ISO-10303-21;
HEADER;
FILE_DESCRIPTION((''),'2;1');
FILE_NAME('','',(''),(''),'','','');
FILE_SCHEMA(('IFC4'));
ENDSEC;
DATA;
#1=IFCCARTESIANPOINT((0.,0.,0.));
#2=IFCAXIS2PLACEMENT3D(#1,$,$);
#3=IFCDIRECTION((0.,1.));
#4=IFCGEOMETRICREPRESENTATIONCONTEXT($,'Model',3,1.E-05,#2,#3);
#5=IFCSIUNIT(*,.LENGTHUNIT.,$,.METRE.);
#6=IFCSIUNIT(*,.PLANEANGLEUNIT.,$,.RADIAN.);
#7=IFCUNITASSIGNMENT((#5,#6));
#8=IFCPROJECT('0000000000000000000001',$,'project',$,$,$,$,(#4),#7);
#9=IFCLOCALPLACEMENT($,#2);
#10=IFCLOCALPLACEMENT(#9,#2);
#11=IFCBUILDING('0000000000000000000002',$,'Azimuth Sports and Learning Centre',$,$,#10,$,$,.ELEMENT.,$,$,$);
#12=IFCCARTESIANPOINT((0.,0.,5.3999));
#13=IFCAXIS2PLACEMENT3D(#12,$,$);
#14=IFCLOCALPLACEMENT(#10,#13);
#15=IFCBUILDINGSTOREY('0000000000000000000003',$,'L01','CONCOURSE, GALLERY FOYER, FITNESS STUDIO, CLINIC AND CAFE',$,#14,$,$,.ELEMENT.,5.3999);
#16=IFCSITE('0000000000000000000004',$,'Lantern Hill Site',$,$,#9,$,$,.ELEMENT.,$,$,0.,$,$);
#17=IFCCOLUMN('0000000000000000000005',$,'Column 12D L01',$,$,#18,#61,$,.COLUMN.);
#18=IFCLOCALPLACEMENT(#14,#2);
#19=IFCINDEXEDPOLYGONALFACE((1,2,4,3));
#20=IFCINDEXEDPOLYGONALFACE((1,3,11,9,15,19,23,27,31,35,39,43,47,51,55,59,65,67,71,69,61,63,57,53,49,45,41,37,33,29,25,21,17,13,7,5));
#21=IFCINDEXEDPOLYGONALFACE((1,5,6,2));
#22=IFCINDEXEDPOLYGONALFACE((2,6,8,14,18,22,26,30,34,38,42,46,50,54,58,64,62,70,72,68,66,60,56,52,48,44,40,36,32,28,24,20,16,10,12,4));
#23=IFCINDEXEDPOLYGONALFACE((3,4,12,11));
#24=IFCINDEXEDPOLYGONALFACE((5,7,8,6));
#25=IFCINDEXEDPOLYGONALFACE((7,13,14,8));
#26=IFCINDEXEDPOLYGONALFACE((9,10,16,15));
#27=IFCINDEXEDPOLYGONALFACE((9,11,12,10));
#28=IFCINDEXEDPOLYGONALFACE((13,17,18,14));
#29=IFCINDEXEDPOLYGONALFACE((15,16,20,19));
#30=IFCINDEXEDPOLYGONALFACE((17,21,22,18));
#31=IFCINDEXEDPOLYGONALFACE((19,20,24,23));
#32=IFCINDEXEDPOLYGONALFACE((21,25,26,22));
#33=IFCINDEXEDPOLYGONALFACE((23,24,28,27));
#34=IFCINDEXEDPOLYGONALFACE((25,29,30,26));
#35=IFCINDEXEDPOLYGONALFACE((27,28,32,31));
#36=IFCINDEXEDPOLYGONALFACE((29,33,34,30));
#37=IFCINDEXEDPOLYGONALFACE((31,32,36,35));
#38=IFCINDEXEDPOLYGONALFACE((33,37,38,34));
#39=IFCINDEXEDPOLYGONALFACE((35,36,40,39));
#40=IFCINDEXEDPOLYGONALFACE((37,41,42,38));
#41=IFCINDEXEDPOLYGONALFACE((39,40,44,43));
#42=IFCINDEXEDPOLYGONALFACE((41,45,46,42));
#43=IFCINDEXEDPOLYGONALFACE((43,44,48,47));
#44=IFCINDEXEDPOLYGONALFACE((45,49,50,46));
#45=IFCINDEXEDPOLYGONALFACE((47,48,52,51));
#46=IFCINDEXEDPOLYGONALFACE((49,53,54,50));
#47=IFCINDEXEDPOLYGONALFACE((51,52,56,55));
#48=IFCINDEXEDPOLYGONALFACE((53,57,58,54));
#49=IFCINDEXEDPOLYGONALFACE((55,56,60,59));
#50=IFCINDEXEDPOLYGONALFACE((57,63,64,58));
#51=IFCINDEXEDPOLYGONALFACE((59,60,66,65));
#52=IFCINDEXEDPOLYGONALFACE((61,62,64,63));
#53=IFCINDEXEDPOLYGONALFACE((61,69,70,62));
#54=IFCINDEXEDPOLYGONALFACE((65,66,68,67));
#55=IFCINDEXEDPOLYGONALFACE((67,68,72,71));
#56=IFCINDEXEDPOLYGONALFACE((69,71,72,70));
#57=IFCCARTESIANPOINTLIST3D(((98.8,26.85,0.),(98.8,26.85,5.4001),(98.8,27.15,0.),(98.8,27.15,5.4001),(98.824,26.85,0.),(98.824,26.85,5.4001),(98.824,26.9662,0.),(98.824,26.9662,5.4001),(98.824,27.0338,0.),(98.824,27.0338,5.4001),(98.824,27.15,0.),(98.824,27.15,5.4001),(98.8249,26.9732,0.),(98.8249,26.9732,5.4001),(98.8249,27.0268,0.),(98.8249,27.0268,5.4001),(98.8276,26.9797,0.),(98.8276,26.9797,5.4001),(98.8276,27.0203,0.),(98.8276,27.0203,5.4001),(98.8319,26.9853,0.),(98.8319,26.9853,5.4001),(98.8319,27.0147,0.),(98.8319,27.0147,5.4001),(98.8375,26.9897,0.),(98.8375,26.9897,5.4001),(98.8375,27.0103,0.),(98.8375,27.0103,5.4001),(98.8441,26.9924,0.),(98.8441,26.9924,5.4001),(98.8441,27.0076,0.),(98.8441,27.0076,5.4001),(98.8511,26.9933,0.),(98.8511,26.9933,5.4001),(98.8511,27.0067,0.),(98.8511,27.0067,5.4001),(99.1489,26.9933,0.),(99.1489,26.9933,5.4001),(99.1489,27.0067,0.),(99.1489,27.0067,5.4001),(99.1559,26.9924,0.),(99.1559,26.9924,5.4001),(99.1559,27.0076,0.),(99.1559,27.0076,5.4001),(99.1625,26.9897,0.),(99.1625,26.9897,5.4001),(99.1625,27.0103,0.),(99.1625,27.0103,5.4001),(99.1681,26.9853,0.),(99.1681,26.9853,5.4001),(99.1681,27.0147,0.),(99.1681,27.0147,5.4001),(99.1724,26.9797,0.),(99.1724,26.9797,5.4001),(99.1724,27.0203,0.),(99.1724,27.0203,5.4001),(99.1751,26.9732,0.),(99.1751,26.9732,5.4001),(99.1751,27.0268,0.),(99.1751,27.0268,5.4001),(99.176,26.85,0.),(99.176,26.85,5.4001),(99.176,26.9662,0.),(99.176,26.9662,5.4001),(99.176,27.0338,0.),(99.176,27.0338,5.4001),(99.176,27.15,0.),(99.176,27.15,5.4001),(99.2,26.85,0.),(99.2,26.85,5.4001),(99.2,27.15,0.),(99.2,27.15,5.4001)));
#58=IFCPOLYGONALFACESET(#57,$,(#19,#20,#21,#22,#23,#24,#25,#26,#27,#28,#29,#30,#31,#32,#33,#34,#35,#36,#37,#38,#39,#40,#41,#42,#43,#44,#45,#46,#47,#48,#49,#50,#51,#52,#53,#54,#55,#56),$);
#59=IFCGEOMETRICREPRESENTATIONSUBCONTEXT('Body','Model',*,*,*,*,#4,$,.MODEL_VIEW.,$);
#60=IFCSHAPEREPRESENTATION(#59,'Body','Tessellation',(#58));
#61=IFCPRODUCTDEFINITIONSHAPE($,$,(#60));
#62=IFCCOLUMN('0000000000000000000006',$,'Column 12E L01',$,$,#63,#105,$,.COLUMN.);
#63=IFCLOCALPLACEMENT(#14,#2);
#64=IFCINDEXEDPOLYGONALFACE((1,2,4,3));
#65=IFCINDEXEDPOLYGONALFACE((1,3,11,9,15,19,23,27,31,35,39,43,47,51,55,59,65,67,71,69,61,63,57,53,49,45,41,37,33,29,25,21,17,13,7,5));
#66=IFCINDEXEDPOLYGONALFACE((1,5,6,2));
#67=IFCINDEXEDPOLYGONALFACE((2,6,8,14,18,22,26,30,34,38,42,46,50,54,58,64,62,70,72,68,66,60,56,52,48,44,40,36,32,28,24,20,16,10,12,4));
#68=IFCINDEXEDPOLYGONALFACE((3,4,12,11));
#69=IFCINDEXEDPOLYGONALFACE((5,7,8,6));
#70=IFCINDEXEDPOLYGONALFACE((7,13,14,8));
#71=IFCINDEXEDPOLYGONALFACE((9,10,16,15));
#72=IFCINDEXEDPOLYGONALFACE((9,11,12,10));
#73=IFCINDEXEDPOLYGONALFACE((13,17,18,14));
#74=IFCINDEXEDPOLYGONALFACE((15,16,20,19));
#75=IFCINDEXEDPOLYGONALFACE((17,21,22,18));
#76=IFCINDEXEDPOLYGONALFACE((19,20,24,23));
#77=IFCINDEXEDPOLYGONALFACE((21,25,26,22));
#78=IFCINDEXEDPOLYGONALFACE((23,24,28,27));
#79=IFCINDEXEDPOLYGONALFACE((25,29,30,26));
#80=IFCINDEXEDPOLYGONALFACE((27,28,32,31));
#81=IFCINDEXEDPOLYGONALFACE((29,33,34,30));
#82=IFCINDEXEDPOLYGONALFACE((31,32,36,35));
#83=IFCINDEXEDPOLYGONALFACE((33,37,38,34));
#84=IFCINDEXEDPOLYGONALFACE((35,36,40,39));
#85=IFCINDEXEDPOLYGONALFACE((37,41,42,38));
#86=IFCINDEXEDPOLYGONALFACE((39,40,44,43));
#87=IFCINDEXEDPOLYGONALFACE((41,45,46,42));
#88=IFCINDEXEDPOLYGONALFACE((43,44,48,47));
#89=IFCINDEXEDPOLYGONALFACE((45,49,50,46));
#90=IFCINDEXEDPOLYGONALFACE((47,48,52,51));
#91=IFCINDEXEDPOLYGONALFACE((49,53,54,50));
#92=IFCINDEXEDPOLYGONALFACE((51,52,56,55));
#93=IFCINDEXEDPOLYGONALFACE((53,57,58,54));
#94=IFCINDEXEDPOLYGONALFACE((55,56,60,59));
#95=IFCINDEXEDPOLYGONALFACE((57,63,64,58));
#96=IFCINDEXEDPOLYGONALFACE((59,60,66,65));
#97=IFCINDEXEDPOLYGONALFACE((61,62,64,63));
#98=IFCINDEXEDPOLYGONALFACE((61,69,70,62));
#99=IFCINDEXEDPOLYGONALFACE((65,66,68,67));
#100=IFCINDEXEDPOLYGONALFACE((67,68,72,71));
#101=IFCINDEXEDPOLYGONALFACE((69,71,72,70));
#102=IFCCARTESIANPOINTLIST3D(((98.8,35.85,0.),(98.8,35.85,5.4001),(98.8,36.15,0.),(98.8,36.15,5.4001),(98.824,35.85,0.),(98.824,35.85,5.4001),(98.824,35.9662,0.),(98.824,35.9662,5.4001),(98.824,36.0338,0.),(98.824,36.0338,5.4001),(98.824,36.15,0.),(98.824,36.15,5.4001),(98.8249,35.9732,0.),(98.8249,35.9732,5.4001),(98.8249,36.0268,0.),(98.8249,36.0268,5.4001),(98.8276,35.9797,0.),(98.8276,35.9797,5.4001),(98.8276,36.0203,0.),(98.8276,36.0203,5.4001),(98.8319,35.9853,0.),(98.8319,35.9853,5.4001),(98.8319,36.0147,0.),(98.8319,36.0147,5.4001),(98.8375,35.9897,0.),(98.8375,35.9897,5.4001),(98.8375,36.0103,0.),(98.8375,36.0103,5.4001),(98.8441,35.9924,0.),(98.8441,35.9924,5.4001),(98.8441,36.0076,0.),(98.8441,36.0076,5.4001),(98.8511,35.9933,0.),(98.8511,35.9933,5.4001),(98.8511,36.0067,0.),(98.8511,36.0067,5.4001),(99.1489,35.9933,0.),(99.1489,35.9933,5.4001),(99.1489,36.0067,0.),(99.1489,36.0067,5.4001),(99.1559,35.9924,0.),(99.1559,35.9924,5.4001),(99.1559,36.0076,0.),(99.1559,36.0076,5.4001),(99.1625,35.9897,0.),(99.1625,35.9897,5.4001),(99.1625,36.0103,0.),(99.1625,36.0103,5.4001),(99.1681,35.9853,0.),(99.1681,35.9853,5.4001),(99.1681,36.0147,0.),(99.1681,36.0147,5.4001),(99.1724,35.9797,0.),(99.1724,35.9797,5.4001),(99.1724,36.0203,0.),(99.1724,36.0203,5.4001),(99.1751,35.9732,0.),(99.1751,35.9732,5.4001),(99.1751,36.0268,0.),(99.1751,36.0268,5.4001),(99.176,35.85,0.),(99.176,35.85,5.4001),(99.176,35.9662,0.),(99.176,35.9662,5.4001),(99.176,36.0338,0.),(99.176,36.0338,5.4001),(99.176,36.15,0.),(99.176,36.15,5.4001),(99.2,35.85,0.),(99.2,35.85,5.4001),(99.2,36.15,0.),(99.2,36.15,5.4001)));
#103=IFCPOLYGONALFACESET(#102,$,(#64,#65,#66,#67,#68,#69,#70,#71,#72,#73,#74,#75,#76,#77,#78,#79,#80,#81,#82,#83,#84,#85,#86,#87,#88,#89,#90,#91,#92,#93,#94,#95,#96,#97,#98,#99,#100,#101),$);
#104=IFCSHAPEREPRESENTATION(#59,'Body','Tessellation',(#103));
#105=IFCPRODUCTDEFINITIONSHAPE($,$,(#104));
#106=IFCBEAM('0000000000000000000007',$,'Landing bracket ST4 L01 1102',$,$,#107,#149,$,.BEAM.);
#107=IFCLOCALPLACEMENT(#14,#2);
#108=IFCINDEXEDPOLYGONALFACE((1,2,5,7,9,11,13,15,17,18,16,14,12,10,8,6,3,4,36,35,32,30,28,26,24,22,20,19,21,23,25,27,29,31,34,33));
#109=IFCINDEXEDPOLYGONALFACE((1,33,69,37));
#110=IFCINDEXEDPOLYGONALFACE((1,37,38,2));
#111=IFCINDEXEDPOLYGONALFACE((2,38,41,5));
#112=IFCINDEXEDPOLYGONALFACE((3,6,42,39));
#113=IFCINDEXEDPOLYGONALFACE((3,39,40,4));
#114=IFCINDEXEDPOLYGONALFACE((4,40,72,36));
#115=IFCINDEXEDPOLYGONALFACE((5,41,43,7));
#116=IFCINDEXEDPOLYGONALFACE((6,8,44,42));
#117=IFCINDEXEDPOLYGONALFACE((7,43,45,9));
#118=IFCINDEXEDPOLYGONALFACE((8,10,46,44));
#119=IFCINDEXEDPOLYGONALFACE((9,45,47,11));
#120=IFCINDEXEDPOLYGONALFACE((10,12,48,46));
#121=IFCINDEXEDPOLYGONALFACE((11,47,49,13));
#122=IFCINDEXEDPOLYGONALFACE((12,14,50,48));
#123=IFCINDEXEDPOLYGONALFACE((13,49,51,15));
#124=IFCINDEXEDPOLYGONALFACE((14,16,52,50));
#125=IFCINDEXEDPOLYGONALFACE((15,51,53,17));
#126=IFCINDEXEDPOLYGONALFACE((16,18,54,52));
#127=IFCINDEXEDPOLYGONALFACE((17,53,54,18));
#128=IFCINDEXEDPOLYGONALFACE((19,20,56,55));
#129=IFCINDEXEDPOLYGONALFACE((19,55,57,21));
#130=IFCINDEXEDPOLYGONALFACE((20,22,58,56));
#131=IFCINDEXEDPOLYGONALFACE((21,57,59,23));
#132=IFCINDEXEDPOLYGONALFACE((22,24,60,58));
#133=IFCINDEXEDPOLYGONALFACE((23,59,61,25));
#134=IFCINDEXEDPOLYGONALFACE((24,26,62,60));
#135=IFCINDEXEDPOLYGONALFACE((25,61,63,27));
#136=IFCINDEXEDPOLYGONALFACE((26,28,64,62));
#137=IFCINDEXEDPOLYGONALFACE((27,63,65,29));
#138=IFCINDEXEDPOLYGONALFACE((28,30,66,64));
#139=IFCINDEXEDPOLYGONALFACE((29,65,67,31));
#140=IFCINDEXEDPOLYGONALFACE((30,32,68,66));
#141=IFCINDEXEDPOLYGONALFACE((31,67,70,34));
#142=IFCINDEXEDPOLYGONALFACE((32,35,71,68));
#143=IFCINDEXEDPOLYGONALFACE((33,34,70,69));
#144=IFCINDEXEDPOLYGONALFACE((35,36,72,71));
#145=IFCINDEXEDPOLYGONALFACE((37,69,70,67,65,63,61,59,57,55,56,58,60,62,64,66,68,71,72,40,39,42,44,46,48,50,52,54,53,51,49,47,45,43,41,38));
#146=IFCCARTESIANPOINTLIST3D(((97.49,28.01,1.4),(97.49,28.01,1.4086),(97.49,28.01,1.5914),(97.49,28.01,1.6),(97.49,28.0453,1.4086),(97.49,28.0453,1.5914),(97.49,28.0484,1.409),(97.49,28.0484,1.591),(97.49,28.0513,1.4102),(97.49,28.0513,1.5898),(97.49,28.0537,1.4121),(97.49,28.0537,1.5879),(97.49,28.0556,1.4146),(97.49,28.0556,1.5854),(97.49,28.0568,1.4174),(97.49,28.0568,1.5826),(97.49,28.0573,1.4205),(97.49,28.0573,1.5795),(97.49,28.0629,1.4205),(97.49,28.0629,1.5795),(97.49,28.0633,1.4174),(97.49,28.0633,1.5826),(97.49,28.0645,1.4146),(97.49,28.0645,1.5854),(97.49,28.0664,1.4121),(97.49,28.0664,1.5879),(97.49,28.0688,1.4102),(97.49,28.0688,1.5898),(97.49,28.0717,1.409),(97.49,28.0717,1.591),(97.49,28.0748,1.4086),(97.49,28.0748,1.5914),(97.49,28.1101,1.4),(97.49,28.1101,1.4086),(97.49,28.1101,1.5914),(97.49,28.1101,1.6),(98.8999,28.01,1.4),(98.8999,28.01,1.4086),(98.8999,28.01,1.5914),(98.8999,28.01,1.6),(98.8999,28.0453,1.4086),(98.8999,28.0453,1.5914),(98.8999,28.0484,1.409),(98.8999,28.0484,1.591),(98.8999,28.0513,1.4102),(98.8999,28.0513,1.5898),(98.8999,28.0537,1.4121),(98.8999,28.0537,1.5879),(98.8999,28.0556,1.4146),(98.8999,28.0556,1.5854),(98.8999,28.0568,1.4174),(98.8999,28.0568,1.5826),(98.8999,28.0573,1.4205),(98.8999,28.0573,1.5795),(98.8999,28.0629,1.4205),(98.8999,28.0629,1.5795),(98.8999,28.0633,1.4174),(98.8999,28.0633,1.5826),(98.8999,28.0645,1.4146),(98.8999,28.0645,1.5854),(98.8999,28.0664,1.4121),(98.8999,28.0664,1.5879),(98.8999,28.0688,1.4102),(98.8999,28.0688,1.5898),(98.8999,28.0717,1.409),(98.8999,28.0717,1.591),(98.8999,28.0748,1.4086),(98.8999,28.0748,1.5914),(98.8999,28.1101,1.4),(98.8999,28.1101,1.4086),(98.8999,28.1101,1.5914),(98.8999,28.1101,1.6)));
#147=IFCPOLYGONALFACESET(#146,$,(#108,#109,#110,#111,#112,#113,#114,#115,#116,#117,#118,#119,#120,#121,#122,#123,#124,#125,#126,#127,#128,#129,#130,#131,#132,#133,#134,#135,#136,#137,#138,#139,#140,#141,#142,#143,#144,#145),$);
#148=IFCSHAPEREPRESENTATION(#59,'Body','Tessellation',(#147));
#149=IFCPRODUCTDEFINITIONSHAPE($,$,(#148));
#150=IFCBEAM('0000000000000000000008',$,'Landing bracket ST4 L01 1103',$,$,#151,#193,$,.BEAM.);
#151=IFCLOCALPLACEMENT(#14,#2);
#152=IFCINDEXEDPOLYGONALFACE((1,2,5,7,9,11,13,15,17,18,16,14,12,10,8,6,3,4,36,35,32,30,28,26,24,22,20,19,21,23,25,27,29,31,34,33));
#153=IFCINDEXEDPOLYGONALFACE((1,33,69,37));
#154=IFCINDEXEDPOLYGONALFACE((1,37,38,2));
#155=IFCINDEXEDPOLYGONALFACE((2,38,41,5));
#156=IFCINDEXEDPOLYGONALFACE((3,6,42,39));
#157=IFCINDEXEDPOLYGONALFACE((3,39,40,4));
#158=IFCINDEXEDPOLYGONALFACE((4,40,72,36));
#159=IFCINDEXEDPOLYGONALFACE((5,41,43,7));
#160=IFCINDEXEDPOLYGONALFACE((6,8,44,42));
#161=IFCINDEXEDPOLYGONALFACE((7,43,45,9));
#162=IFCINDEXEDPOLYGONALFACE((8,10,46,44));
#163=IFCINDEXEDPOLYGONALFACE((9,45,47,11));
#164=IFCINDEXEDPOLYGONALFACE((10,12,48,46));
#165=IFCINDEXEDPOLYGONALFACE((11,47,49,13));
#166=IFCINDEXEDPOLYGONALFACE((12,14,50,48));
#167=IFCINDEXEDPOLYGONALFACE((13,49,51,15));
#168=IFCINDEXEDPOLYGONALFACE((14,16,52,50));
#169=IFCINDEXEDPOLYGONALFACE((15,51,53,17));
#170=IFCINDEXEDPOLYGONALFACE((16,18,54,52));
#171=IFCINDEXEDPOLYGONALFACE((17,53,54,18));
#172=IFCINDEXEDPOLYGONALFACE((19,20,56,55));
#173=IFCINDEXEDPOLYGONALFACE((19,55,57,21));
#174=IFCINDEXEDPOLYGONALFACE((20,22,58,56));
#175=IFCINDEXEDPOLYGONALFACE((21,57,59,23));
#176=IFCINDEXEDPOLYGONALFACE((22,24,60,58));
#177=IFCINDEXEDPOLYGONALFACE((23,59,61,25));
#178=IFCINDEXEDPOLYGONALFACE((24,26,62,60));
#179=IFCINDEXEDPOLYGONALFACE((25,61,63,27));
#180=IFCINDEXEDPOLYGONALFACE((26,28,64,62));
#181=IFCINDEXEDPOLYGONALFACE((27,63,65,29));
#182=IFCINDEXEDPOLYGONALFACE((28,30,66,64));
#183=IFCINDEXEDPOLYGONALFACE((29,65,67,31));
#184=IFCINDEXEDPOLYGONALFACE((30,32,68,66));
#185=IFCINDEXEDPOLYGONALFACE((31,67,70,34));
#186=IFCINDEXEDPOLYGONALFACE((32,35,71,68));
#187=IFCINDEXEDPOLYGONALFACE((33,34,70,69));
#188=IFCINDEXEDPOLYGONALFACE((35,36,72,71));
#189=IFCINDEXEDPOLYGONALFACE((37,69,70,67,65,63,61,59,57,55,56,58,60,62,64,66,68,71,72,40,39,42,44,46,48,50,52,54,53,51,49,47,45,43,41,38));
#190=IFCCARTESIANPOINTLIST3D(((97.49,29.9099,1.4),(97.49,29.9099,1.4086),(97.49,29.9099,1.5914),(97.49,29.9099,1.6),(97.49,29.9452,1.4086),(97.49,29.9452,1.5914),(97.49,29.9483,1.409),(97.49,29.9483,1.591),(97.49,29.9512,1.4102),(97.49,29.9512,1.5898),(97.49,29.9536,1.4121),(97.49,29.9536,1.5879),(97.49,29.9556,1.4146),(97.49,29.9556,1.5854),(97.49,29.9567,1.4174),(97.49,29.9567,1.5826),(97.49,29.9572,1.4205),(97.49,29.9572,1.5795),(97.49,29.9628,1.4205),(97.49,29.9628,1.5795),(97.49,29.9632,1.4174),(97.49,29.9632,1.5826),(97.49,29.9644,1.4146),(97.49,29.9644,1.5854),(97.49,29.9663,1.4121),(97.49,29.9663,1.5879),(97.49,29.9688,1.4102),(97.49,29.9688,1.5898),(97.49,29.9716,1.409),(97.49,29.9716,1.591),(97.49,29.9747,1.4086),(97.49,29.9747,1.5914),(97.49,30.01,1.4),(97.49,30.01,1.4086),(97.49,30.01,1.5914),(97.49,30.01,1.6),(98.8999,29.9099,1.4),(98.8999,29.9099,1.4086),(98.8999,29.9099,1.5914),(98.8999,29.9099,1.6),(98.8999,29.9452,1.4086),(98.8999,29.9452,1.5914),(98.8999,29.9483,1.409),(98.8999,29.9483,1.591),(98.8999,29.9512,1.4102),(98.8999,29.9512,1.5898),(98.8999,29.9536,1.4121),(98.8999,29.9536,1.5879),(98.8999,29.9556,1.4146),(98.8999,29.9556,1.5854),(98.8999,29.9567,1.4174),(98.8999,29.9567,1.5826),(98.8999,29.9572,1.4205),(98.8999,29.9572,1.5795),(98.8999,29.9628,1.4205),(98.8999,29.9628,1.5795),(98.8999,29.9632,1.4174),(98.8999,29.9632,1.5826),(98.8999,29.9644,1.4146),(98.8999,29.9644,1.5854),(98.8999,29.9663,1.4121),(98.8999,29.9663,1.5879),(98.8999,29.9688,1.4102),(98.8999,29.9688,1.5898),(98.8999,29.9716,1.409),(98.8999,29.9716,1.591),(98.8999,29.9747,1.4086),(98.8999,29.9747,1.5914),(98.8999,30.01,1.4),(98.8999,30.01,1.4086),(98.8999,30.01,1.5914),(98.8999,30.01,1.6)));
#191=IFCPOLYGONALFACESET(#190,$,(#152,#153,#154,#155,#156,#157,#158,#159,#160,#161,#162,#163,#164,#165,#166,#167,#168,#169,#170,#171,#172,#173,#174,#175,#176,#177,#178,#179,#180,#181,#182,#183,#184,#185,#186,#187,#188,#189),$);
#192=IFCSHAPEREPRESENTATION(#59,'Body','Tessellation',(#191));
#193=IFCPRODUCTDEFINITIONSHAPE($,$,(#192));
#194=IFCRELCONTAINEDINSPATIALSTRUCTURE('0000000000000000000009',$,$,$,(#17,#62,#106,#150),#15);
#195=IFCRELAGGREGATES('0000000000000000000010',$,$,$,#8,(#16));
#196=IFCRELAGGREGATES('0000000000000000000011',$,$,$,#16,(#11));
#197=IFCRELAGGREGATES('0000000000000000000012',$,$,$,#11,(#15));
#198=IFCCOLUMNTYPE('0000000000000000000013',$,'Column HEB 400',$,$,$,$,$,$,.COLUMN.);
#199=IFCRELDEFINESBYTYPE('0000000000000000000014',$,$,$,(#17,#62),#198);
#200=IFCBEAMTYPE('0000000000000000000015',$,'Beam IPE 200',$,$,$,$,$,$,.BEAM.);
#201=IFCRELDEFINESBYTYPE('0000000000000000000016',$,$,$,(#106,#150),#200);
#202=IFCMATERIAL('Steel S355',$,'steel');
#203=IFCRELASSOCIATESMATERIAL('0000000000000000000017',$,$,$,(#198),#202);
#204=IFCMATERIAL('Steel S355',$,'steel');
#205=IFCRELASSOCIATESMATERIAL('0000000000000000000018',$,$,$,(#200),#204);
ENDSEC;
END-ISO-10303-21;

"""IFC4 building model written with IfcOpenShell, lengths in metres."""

from ifc_helpers import new_model, si_unit, direction, frame, origin, origin_2d, place, context, subcontext, project, spatial, i_section, extrude, material, material_profile, profile_set, type_object, element, save


model = new_model("IFC4")

# Units and contexts
model_context = context("Model", 3, precision=1e-05, world=origin(), true_north=direction((0.0, 1.0)))
body_context = subcontext(model_context, "Body", "Model", "MODEL_VIEW")
ifc_project = project(units=[si_unit("LENGTHUNIT", "METRE"), si_unit("PLANEANGLEUNIT", "RADIAN")], contexts=[model_context])

# Site, building, storey
site_placement = place(None, origin())
site = spatial("IfcSite", under=ifc_project, at=site_placement, Name="Lantern Hill Site", CompositionType="ELEMENT", RefElevation=0.0)
building_placement = place(site_placement, origin())
building = spatial("IfcBuilding", under=site, at=building_placement, Name="Azimuth Sports and Learning Centre", CompositionType="ELEMENT")
storey_placement = place(building_placement, frame((0.0, 0.0, 5.3999)))
storey = spatial("IfcBuildingStorey", under=building, at=storey_placement, Name="L01", Description="CONCOURSE, GALLERY FOYER, FITNESS STUDIO, CLINIC AND CAFE", CompositionType="ELEMENT", Elevation=5.3999)

# Columns
ifc_material_1 = material(Name="Steel S355", Category="steel")
ifc_material_profile_1 = material_profile(ifc_material_1, i_section(OverallWidth=0.3, OverallDepth=0.3999, WebThickness=0.0134, FlangeThickness=0.0239, FilletRadius=0.0271, at=origin_2d()), Name="HEB 400")
ifc_profile_set_1 = profile_set([ifc_material_profile_1], Name="Steel S355")
column_type = type_object("IfcColumnType", Name="Column HEB 400", PredefinedType="COLUMN", material=ifc_profile_set_1)
for number, where, z_axis, x_axis, name in (
    (1, (99.0, 27.0, 0.0), (0.0, 0.0, 1.0), (0.0, 1.0, 0.0), "Column 12D L01"),
    (2, (99.0, 36.0, 0.0), (0.0, 0.0, 1.0), (0.0, 1.0, 0.0), "Column 12E L01"),
):
    element("IfcColumn", number, at=place(storey_placement, frame(where, z_axis=z_axis, x_axis=x_axis)), inside=storey, type_object=column_type, Name=name, PredefinedType="COLUMN", context=body_context, shape_type="SweptSolid", body=[
        extrude(i_section(OverallWidth=0.3, OverallDepth=0.3999, WebThickness=0.0134, FlangeThickness=0.0239, FilletRadius=0.0271, at=origin_2d()), origin(), (0.0, 0.0, 1.0), 5.4001),
    ])

# Beams
ifc_material_2 = material(Name="Steel S355", Category="steel")
ifc_material_profile_2 = material_profile(ifc_material_2, i_section(OverallWidth=0.1001, OverallDepth=0.2, WebThickness=0.0056, FlangeThickness=0.0085, FilletRadius=0.012, at=origin_2d()), Name="IPE 200")
ifc_profile_set_2 = profile_set([ifc_material_profile_2], Name="Steel S355")
beam_type = type_object("IfcBeamType", Name="Beam IPE 200", PredefinedType="BEAM", material=ifc_profile_set_2)
for number, where, z_axis, x_axis, name in (
    (3, (98.8999, 28.0601, 1.5), (-1.0, 0.0, 0.0), (0.0, -1.0, 0.0), "Landing bracket ST4 L01 1102"),
    (4, (98.8999, 29.96, 1.5), (-1.0, 0.0, 0.0), (0.0, -1.0, 0.0), "Landing bracket ST4 L01 1103"),
):
    element("IfcBeam", number, at=place(storey_placement, frame(where, z_axis=z_axis, x_axis=x_axis)), inside=storey, type_object=beam_type, Name=name, PredefinedType="BEAM", context=body_context, shape_type="SweptSolid", body=[
        extrude(i_section(OverallWidth=0.1001, OverallDepth=0.2, WebThickness=0.0056, FlangeThickness=0.0085, FilletRadius=0.012, at=origin_2d()), origin(), (0.0, 0.0, 1.0), 1.4099),
    ])

save(model, "model.ifc")
